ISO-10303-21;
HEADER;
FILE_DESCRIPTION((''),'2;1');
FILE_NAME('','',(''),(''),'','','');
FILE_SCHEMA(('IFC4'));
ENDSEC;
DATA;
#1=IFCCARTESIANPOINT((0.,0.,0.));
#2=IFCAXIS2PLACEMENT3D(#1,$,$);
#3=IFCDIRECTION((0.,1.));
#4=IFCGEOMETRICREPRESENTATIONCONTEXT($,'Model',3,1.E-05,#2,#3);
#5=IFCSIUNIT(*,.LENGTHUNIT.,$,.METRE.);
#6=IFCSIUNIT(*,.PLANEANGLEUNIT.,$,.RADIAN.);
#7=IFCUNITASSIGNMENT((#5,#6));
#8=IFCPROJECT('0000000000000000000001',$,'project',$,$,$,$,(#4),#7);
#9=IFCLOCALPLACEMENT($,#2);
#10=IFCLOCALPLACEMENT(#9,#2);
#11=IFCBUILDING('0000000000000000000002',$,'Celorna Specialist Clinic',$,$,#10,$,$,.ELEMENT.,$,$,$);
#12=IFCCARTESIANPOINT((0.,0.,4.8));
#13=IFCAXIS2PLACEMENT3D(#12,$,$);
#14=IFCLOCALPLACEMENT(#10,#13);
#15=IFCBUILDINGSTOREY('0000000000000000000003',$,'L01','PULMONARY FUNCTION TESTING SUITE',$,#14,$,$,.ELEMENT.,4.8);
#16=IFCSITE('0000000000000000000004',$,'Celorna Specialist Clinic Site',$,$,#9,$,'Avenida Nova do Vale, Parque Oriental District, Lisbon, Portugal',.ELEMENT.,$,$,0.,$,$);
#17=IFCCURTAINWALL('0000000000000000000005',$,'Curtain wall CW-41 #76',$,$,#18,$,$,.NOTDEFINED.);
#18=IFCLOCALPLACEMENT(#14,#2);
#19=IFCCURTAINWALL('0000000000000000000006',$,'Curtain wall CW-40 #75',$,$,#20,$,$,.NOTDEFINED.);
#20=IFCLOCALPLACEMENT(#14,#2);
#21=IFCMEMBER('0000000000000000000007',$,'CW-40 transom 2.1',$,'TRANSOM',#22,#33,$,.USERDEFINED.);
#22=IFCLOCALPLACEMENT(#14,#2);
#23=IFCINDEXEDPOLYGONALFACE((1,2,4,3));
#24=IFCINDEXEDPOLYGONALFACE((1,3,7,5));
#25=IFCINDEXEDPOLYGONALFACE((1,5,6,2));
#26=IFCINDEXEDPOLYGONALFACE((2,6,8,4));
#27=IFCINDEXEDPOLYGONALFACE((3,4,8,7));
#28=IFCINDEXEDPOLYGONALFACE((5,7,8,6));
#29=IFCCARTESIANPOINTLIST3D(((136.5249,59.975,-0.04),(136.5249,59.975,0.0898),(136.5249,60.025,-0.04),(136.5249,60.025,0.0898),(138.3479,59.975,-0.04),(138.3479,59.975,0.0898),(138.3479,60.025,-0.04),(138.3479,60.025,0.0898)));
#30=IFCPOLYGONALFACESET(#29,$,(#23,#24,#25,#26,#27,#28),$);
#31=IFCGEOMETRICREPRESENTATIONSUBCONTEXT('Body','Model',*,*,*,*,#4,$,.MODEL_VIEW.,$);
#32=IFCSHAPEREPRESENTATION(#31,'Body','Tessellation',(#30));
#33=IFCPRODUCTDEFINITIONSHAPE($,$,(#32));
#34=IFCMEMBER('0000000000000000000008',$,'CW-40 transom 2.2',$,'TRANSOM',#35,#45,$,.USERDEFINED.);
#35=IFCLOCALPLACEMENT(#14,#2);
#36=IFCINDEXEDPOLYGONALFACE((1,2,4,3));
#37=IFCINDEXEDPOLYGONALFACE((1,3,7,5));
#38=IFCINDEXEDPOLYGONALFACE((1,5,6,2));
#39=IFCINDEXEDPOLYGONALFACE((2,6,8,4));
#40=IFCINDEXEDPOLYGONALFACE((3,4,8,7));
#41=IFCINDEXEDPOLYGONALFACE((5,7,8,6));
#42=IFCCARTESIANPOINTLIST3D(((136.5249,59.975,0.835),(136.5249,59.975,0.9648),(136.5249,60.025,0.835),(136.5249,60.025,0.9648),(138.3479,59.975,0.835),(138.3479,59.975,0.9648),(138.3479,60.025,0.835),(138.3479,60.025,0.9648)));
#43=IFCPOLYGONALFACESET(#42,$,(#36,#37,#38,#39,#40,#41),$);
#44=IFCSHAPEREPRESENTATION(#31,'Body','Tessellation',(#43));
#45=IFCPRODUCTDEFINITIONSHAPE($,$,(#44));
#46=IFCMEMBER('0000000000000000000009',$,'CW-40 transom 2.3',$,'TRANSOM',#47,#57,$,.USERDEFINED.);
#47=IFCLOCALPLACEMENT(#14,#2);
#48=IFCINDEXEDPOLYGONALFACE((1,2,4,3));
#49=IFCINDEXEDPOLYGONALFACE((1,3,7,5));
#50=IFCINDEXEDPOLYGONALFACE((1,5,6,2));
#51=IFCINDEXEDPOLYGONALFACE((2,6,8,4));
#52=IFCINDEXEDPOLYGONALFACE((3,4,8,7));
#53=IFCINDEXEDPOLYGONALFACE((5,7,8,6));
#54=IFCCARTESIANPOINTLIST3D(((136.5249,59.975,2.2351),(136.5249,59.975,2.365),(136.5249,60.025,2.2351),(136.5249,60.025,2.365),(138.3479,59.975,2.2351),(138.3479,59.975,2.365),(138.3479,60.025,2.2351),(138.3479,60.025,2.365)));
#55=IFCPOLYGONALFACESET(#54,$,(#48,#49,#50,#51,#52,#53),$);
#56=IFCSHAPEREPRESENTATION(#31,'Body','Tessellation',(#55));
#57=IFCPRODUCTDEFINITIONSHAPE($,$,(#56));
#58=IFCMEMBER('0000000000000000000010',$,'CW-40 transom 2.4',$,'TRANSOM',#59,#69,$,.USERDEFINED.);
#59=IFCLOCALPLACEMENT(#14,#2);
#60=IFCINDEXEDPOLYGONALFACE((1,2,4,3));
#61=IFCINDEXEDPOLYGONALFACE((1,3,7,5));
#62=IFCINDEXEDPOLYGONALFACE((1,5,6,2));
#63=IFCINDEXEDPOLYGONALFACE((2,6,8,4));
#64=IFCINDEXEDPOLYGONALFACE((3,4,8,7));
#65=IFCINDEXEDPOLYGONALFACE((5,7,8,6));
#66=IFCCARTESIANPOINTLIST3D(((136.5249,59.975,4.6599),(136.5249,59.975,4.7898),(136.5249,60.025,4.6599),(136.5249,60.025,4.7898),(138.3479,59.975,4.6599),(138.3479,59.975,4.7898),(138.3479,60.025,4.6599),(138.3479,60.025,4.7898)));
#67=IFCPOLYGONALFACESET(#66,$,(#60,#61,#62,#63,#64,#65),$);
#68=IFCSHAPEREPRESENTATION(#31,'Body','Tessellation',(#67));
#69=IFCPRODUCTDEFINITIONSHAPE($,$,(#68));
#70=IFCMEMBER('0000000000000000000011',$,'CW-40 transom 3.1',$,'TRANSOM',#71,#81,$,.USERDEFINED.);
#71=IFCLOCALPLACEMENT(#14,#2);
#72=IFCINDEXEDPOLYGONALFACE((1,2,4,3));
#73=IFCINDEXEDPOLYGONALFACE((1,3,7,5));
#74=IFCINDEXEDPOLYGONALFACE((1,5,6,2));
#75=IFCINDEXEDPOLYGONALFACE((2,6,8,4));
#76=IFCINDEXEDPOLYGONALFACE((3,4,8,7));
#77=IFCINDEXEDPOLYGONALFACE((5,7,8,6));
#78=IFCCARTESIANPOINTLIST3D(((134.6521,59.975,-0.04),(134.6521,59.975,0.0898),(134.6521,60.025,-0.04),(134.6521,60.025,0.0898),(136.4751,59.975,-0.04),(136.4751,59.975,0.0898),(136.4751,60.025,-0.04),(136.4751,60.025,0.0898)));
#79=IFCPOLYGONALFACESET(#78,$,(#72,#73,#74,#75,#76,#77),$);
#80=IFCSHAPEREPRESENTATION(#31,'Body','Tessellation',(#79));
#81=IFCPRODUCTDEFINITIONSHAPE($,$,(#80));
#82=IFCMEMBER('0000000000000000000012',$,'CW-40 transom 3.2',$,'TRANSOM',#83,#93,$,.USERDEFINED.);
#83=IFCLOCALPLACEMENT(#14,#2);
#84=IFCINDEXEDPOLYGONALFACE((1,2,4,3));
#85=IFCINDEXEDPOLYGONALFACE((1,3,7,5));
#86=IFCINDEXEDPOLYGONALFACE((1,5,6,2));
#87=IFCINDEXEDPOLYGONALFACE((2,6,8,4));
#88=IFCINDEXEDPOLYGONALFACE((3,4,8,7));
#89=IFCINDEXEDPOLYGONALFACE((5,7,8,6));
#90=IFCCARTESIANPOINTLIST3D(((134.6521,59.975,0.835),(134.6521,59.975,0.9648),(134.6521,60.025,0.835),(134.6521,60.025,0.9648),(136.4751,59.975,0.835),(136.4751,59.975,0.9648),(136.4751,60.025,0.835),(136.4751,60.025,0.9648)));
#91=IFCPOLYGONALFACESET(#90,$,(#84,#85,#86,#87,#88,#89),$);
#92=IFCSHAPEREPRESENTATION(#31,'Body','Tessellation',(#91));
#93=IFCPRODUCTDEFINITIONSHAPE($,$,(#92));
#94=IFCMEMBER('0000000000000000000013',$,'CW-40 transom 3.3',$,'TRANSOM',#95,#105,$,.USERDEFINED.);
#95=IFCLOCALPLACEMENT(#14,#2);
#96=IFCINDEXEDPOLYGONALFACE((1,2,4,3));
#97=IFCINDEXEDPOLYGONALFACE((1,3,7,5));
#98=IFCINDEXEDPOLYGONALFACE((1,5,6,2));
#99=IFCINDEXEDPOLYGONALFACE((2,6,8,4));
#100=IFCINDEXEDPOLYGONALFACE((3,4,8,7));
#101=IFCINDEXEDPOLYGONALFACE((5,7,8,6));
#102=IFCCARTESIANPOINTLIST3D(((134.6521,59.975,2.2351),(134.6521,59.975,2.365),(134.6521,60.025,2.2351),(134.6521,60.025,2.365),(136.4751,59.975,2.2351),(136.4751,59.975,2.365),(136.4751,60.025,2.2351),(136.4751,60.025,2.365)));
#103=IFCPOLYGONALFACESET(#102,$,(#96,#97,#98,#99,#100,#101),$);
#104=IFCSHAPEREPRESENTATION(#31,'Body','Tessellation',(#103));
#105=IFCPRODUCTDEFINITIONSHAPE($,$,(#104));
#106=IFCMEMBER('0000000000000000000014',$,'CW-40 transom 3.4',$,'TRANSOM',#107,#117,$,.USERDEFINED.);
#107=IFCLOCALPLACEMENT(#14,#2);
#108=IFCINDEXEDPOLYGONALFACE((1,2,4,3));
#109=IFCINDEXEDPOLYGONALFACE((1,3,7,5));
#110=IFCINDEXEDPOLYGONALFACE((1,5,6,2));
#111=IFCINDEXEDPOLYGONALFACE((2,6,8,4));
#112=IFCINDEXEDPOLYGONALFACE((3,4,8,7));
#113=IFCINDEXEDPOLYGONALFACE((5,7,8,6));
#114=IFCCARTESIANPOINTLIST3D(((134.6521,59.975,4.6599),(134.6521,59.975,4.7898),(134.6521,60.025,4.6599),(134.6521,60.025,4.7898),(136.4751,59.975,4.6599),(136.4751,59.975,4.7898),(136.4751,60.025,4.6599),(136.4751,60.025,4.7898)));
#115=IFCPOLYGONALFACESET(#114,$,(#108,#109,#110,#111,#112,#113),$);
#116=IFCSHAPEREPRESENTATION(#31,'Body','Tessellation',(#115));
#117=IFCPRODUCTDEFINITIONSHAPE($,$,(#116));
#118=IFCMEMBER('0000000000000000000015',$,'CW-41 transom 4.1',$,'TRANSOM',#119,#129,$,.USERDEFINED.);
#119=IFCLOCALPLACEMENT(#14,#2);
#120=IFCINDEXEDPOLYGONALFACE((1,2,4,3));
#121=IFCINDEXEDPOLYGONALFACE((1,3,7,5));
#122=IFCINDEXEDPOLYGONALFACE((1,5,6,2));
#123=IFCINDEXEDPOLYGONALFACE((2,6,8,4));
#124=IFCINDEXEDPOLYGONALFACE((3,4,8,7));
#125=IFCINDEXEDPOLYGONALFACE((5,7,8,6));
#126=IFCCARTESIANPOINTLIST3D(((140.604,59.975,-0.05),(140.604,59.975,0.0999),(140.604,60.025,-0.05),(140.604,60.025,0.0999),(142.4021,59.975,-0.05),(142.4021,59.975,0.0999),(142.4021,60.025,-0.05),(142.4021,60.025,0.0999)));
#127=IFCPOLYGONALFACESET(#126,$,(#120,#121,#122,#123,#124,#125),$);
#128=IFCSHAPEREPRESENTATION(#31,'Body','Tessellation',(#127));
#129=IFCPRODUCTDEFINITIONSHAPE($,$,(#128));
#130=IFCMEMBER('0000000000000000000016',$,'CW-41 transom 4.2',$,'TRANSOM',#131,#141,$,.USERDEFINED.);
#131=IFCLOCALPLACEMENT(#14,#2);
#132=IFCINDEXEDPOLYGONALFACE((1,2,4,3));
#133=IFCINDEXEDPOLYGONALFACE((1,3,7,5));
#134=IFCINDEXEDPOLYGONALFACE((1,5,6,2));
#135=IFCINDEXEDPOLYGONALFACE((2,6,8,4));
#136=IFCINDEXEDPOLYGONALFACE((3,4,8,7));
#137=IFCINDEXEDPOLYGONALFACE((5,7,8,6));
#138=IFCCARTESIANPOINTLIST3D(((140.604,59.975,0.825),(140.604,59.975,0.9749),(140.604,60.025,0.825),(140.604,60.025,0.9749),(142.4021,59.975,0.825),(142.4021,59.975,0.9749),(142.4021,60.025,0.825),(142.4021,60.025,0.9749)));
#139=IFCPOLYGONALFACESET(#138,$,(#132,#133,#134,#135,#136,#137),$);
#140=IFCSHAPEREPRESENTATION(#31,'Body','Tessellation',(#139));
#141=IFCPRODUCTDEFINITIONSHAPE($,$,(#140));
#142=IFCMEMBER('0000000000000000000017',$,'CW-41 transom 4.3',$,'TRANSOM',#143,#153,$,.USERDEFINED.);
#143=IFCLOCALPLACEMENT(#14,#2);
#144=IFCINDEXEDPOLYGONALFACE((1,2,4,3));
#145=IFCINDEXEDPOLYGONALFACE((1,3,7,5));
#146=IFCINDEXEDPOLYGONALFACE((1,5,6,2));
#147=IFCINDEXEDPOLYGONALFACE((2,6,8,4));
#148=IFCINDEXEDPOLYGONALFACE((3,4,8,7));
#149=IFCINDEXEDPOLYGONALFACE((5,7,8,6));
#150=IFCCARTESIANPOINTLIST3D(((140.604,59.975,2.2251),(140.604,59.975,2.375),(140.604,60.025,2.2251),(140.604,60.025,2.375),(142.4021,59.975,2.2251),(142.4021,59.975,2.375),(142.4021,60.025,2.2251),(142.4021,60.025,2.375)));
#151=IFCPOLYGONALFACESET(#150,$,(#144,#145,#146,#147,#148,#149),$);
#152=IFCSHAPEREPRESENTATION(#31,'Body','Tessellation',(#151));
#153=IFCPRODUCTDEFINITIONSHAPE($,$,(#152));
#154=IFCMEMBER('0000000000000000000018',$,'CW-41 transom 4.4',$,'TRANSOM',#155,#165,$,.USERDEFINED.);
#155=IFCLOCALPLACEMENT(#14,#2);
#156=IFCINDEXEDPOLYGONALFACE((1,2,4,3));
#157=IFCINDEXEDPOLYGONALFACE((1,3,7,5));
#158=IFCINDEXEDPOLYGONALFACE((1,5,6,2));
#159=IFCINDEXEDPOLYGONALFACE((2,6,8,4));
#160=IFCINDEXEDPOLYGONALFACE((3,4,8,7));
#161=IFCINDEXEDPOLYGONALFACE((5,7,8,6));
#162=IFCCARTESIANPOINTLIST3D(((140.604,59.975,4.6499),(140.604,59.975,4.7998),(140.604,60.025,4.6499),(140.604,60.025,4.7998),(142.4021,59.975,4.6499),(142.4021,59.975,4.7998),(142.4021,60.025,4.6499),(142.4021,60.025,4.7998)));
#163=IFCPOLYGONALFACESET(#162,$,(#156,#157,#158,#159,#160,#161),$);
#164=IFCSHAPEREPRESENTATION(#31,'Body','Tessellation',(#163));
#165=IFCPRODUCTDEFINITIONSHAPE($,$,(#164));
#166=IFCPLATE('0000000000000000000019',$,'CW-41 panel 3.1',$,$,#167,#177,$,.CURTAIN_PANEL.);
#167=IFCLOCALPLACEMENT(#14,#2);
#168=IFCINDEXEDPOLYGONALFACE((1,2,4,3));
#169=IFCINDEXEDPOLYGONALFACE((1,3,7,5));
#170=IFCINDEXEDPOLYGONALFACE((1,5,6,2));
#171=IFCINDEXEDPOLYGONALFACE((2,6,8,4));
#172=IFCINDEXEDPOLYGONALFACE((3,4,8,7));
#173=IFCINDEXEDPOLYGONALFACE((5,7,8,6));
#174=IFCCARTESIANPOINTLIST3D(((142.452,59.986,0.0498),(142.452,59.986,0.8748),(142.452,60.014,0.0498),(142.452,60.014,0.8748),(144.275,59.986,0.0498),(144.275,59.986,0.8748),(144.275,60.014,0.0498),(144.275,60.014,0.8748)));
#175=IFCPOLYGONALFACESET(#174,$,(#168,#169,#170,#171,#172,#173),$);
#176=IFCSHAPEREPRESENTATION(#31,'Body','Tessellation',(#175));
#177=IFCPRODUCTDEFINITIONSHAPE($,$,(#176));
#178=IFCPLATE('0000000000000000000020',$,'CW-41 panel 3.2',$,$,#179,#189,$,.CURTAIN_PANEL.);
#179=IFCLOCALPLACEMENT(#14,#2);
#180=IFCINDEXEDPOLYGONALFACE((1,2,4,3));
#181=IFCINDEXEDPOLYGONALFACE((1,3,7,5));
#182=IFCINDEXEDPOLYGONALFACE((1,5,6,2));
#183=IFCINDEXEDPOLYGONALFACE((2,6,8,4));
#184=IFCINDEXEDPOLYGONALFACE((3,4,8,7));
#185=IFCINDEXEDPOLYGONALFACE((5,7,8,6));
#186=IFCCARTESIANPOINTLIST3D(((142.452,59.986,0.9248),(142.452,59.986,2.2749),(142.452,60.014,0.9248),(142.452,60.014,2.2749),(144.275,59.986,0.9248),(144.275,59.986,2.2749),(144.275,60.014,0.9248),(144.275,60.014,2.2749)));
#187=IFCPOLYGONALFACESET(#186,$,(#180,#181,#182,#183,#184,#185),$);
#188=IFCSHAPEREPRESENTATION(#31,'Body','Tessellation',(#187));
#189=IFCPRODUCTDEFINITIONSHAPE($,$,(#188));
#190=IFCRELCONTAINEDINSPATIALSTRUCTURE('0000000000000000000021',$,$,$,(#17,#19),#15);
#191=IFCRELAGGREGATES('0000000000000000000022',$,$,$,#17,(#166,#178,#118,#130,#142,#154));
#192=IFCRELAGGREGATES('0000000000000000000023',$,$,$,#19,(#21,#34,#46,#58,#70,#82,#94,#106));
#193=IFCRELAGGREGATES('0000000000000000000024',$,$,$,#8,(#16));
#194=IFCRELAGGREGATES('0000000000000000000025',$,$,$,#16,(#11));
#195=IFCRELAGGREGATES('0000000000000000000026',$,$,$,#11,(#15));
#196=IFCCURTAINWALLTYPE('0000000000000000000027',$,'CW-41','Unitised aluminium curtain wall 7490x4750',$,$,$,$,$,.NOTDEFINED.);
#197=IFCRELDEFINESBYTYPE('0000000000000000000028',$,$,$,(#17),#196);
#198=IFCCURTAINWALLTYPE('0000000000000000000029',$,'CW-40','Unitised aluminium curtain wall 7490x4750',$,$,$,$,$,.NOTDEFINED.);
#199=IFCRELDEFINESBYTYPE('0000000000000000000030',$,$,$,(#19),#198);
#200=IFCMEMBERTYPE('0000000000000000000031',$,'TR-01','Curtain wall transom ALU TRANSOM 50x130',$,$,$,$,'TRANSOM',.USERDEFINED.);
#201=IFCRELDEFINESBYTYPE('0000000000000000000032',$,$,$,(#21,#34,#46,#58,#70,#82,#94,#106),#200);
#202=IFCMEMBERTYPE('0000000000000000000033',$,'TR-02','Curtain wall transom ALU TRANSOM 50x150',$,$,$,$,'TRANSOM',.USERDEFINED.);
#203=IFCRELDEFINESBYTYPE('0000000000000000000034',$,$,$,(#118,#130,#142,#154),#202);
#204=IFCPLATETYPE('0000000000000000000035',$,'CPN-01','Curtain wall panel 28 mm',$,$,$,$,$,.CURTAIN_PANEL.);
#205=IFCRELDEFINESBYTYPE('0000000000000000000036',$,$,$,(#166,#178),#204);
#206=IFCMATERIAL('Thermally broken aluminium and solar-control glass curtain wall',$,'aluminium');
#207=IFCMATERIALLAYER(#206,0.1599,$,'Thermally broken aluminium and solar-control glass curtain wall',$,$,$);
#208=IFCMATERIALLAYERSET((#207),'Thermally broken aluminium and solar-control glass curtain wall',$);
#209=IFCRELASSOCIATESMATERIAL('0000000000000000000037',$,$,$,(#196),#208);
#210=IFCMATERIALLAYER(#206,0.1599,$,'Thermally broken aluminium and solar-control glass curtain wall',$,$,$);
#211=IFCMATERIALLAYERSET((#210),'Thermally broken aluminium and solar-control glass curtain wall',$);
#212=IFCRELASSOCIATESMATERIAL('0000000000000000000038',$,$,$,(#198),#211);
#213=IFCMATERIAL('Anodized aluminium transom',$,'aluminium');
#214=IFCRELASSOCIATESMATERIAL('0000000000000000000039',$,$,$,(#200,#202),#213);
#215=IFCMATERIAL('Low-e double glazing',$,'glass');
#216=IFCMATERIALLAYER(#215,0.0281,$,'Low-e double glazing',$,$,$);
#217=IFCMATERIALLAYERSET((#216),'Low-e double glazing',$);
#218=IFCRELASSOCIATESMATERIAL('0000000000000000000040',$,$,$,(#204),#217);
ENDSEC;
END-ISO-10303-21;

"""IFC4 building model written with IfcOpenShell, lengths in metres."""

from ifc_helpers import new_model, si_unit, direction, frame, origin, origin_2d, place, context, subcontext, project, spatial, rectangle, extrude, material, layer, layer_set, material_profile, profile_set, type_object, element, aggregate, save


model = new_model("IFC4")

# Units and contexts
model_context = context("Model", 3, precision=1e-05, world=origin(), true_north=direction((0.0, 1.0)))
body_context = subcontext(model_context, "Body", "Model", "MODEL_VIEW")
ifc_project = project(units=[si_unit("LENGTHUNIT", "METRE"), si_unit("PLANEANGLEUNIT", "RADIAN")], contexts=[model_context])

# Site, building, storey
site_placement = place(None, origin())
site = spatial("IfcSite", under=ifc_project, at=site_placement, Name="Celorna Specialist Clinic Site", LongName="Avenida Nova do Vale, Parque Oriental District, Lisbon, Portugal", CompositionType="ELEMENT", RefElevation=0.0)
building_placement = place(site_placement, origin())
building = spatial("IfcBuilding", under=site, at=building_placement, Name="Celorna Specialist Clinic", CompositionType="ELEMENT")
storey_placement = place(building_placement, frame((0.0, 0.0, 4.8)))
storey = spatial("IfcBuildingStorey", under=building, at=storey_placement, Name="L01", Description="PULMONARY FUNCTION TESTING SUITE", CompositionType="ELEMENT", Elevation=4.8)

# Curtain walls, members
ifc_material_1 = material(Name="Thermally broken aluminium and solar-control glass curtain wall", Category="aluminium")
ifc_layer_1 = layer(ifc_material_1, 0.1599, Name="Thermally broken aluminium and solar-control glass curtain wall")
ifc_layer_set_1 = layer_set([ifc_layer_1], Name="Thermally broken aluminium and solar-control glass curtain wall")
curtain_wall_type_1 = type_object("IfcCurtainWallType", Name="CW-41", Description="Unitised aluminium curtain wall 7490x4750", PredefinedType="NOTDEFINED", material=ifc_layer_set_1)
curtain_wall_1_placement = place(storey_placement, origin())
curtain_wall_1 = element("IfcCurtainWall", 1, at=curtain_wall_1_placement, inside=storey, type_object=curtain_wall_type_1, Name="Curtain wall CW-41 #76", PredefinedType="NOTDEFINED")
ifc_layer_2 = layer(ifc_material_1, 0.1599, Name="Thermally broken aluminium and solar-control glass curtain wall")
ifc_layer_set_2 = layer_set([ifc_layer_2], Name="Thermally broken aluminium and solar-control glass curtain wall")
curtain_wall_type_2 = type_object("IfcCurtainWallType", Name="CW-40", Description="Unitised aluminium curtain wall 7490x4750", PredefinedType="NOTDEFINED", material=ifc_layer_set_2)
curtain_wall_2_placement = place(storey_placement, origin())
curtain_wall_2 = element("IfcCurtainWall", 2, at=curtain_wall_2_placement, inside=storey, type_object=curtain_wall_type_2, Name="Curtain wall CW-40 #75", PredefinedType="NOTDEFINED")
ifc_material_2 = material(Name="Anodized aluminium transom", Category="aluminium")
ifc_material_profile_1 = material_profile(ifc_material_2, rectangle(XDim=0.05, YDim=0.1299, at=origin_2d()), Name="ALU TRANSOM 50x130")
ifc_profile_set_1 = profile_set([ifc_material_profile_1], Name="Anodized aluminium transom")
member_type_1 = type_object("IfcMemberType", Name="TR-01", Description="Curtain wall transom ALU TRANSOM 50x130", ElementType="TRANSOM", PredefinedType="USERDEFINED", material=ifc_profile_set_1)
member_1_placement = place(storey_placement, frame((138.3479, 60.0, 0.0249), z_axis=(-1.0, 0.0, 0.0), x_axis=(0.0, -1.0, 0.0)))
member_1 = element("IfcMember", 3, at=member_1_placement, type_object=member_type_1, Name="CW-40 transom 2.1", ObjectType="TRANSOM", PredefinedType="USERDEFINED", context=body_context, shape_type="SweptSolid", body=[
    extrude(rectangle(XDim=0.05, YDim=0.1299, at=origin_2d()), origin(), (0.0, 0.0, 1.0), 1.823),
])
member_2_placement = place(storey_placement, frame((138.3479, 60.0, 0.8999), z_axis=(-1.0, 0.0, 0.0), x_axis=(0.0, -1.0, 0.0)))
member_2 = element("IfcMember", 4, at=member_2_placement, type_object=member_type_1, Name="CW-40 transom 2.2", ObjectType="TRANSOM", PredefinedType="USERDEFINED", context=body_context, shape_type="SweptSolid", body=[
    extrude(rectangle(XDim=0.05, YDim=0.1299, at=origin_2d()), origin(), (0.0, 0.0, 1.0), 1.823),
])
member_3_placement = place(storey_placement, frame((138.3479, 60.0, 2.3), z_axis=(-1.0, 0.0, 0.0), x_axis=(0.0, -1.0, 0.0)))
member_3 = element("IfcMember", 5, at=member_3_placement, type_object=member_type_1, Name="CW-40 transom 2.3", ObjectType="TRANSOM", PredefinedType="USERDEFINED", context=body_context, shape_type="SweptSolid", body=[
    extrude(rectangle(XDim=0.05, YDim=0.1299, at=origin_2d()), origin(), (0.0, 0.0, 1.0), 1.823),
])
member_4_placement = place(storey_placement, frame((138.3479, 60.0, 4.7249), z_axis=(-1.0, 0.0, 0.0), x_axis=(0.0, -1.0, 0.0)))
member_4 = element("IfcMember", 6, at=member_4_placement, type_object=member_type_1, Name="CW-40 transom 2.4", ObjectType="TRANSOM", PredefinedType="USERDEFINED", context=body_context, shape_type="SweptSolid", body=[
    extrude(rectangle(XDim=0.05, YDim=0.1299, at=origin_2d()), origin(), (0.0, 0.0, 1.0), 1.823),
])
member_5_placement = place(storey_placement, frame((136.4751, 60.0, 0.0249), z_axis=(-1.0, 0.0, 0.0), x_axis=(0.0, -1.0, 0.0)))
member_5 = element("IfcMember", 7, at=member_5_placement, type_object=member_type_1, Name="CW-40 transom 3.1", ObjectType="TRANSOM", PredefinedType="USERDEFINED", context=body_context, shape_type="SweptSolid", body=[
    extrude(rectangle(XDim=0.05, YDim=0.1299, at=origin_2d()), origin(), (0.0, 0.0, 1.0), 1.823),
])
member_6_placement = place(storey_placement, frame((136.4751, 60.0, 0.8999), z_axis=(-1.0, 0.0, 0.0), x_axis=(0.0, -1.0, 0.0)))
member_6 = element("IfcMember", 8, at=member_6_placement, type_object=member_type_1, Name="CW-40 transom 3.2", ObjectType="TRANSOM", PredefinedType="USERDEFINED", context=body_context, shape_type="SweptSolid", body=[
    extrude(rectangle(XDim=0.05, YDim=0.1299, at=origin_2d()), origin(), (0.0, 0.0, 1.0), 1.823),
])
member_7_placement = place(storey_placement, frame((136.4751, 60.0, 2.3), z_axis=(-1.0, 0.0, 0.0), x_axis=(0.0, -1.0, 0.0)))
member_7 = element("IfcMember", 9, at=member_7_placement, type_object=member_type_1, Name="CW-40 transom 3.3", ObjectType="TRANSOM", PredefinedType="USERDEFINED", context=body_context, shape_type="SweptSolid", body=[
    extrude(rectangle(XDim=0.05, YDim=0.1299, at=origin_2d()), origin(), (0.0, 0.0, 1.0), 1.823),
])
member_8_placement = place(storey_placement, frame((136.4751, 60.0, 4.7249), z_axis=(-1.0, 0.0, 0.0), x_axis=(0.0, -1.0, 0.0)))
member_8 = element("IfcMember", 10, at=member_8_placement, type_object=member_type_1, Name="CW-40 transom 3.4", ObjectType="TRANSOM", PredefinedType="USERDEFINED", context=body_context, shape_type="SweptSolid", body=[
    extrude(rectangle(XDim=0.05, YDim=0.1299, at=origin_2d()), origin(), (0.0, 0.0, 1.0), 1.823),
])

# Members
ifc_material_profile_2 = material_profile(ifc_material_2, rectangle(XDim=0.05, YDim=0.1499, at=origin_2d()), Name="ALU TRANSOM 50x150")
ifc_profile_set_2 = profile_set([ifc_material_profile_2], Name="Anodized aluminium transom")
member_type_2 = type_object("IfcMemberType", Name="TR-02", Description="Curtain wall transom ALU TRANSOM 50x150", ElementType="TRANSOM", PredefinedType="USERDEFINED", material=ifc_profile_set_2)
member_9_placement = place(storey_placement, frame((142.4021, 60.0, 0.0249), z_axis=(-1.0, 0.0, 0.0), x_axis=(0.0, -1.0, 0.0)))
member_9 = element("IfcMember", 11, at=member_9_placement, type_object=member_type_2, Name="CW-41 transom 4.1", ObjectType="TRANSOM", PredefinedType="USERDEFINED", context=body_context, shape_type="SweptSolid", body=[
    extrude(rectangle(XDim=0.05, YDim=0.1499, at=origin_2d()), origin(), (0.0, 0.0, 1.0), 1.7981),
])
member_10_placement = place(storey_placement, frame((142.4021, 60.0, 0.8999), z_axis=(-1.0, 0.0, 0.0), x_axis=(0.0, -1.0, 0.0)))
member_10 = element("IfcMember", 12, at=member_10_placement, type_object=member_type_2, Name="CW-41 transom 4.2", ObjectType="TRANSOM", PredefinedType="USERDEFINED", context=body_context, shape_type="SweptSolid", body=[
    extrude(rectangle(XDim=0.05, YDim=0.1499, at=origin_2d()), origin(), (0.0, 0.0, 1.0), 1.7981),
])
member_11_placement = place(storey_placement, frame((142.4021, 60.0, 2.3), z_axis=(-1.0, 0.0, 0.0), x_axis=(0.0, -1.0, 0.0)))
member_11 = element("IfcMember", 13, at=member_11_placement, type_object=member_type_2, Name="CW-41 transom 4.3", ObjectType="TRANSOM", PredefinedType="USERDEFINED", context=body_context, shape_type="SweptSolid", body=[
    extrude(rectangle(XDim=0.05, YDim=0.1499, at=origin_2d()), origin(), (0.0, 0.0, 1.0), 1.7981),
])
member_12_placement = place(storey_placement, frame((142.4021, 60.0, 4.7249), z_axis=(-1.0, 0.0, 0.0), x_axis=(0.0, -1.0, 0.0)))
member_12 = element("IfcMember", 14, at=member_12_placement, type_object=member_type_2, Name="CW-41 transom 4.4", ObjectType="TRANSOM", PredefinedType="USERDEFINED", context=body_context, shape_type="SweptSolid", body=[
    extrude(rectangle(XDim=0.05, YDim=0.1499, at=origin_2d()), origin(), (0.0, 0.0, 1.0), 1.7981),
])

# Plates
ifc_material_3 = material(Name="Low-e double glazing", Category="glass")
ifc_layer_3 = layer(ifc_material_3, 0.0281, Name="Low-e double glazing")
ifc_layer_set_3 = layer_set([ifc_layer_3], Name="Low-e double glazing")
plate_type_1 = type_object("IfcPlateType", Name="CPN-01", Description="Curtain wall panel 28 mm", PredefinedType="CURTAIN_PANEL", material=ifc_layer_set_3)
plate_1_placement = place(storey_placement, frame((143.3635, 60.0, 0.0498), z_axis=(0.0, 0.0, 1.0), x_axis=(-1.0, 0.0, 0.0)))
plate_1 = element("IfcPlate", 15, at=plate_1_placement, type_object=plate_type_1, Name="CW-41 panel 3.1", PredefinedType="CURTAIN_PANEL", context=body_context, shape_type="SweptSolid", body=[
    extrude(rectangle(XDim=1.823, YDim=0.0281, at=origin_2d()), origin(), (0.0, 0.0, 1.0), 0.825),
])
plate_2_placement = place(storey_placement, frame((143.3635, 60.0, 0.9248), z_axis=(0.0, 0.0, 1.0), x_axis=(-1.0, 0.0, 0.0)))
plate_2 = element("IfcPlate", 16, at=plate_2_placement, type_object=plate_type_1, Name="CW-41 panel 3.2", PredefinedType="CURTAIN_PANEL", context=body_context, shape_type="SweptSolid", body=[
    extrude(rectangle(XDim=1.823, YDim=0.0281, at=origin_2d()), origin(), (0.0, 0.0, 1.0), 1.3501),
])
aggregate(curtain_wall_1, [plate_1, plate_2, member_9, member_10, member_11, member_12])
aggregate(curtain_wall_2, [member_1, member_2, member_3, member_4, member_5, member_6, member_7, member_8])

save(model, "model.ifc")
